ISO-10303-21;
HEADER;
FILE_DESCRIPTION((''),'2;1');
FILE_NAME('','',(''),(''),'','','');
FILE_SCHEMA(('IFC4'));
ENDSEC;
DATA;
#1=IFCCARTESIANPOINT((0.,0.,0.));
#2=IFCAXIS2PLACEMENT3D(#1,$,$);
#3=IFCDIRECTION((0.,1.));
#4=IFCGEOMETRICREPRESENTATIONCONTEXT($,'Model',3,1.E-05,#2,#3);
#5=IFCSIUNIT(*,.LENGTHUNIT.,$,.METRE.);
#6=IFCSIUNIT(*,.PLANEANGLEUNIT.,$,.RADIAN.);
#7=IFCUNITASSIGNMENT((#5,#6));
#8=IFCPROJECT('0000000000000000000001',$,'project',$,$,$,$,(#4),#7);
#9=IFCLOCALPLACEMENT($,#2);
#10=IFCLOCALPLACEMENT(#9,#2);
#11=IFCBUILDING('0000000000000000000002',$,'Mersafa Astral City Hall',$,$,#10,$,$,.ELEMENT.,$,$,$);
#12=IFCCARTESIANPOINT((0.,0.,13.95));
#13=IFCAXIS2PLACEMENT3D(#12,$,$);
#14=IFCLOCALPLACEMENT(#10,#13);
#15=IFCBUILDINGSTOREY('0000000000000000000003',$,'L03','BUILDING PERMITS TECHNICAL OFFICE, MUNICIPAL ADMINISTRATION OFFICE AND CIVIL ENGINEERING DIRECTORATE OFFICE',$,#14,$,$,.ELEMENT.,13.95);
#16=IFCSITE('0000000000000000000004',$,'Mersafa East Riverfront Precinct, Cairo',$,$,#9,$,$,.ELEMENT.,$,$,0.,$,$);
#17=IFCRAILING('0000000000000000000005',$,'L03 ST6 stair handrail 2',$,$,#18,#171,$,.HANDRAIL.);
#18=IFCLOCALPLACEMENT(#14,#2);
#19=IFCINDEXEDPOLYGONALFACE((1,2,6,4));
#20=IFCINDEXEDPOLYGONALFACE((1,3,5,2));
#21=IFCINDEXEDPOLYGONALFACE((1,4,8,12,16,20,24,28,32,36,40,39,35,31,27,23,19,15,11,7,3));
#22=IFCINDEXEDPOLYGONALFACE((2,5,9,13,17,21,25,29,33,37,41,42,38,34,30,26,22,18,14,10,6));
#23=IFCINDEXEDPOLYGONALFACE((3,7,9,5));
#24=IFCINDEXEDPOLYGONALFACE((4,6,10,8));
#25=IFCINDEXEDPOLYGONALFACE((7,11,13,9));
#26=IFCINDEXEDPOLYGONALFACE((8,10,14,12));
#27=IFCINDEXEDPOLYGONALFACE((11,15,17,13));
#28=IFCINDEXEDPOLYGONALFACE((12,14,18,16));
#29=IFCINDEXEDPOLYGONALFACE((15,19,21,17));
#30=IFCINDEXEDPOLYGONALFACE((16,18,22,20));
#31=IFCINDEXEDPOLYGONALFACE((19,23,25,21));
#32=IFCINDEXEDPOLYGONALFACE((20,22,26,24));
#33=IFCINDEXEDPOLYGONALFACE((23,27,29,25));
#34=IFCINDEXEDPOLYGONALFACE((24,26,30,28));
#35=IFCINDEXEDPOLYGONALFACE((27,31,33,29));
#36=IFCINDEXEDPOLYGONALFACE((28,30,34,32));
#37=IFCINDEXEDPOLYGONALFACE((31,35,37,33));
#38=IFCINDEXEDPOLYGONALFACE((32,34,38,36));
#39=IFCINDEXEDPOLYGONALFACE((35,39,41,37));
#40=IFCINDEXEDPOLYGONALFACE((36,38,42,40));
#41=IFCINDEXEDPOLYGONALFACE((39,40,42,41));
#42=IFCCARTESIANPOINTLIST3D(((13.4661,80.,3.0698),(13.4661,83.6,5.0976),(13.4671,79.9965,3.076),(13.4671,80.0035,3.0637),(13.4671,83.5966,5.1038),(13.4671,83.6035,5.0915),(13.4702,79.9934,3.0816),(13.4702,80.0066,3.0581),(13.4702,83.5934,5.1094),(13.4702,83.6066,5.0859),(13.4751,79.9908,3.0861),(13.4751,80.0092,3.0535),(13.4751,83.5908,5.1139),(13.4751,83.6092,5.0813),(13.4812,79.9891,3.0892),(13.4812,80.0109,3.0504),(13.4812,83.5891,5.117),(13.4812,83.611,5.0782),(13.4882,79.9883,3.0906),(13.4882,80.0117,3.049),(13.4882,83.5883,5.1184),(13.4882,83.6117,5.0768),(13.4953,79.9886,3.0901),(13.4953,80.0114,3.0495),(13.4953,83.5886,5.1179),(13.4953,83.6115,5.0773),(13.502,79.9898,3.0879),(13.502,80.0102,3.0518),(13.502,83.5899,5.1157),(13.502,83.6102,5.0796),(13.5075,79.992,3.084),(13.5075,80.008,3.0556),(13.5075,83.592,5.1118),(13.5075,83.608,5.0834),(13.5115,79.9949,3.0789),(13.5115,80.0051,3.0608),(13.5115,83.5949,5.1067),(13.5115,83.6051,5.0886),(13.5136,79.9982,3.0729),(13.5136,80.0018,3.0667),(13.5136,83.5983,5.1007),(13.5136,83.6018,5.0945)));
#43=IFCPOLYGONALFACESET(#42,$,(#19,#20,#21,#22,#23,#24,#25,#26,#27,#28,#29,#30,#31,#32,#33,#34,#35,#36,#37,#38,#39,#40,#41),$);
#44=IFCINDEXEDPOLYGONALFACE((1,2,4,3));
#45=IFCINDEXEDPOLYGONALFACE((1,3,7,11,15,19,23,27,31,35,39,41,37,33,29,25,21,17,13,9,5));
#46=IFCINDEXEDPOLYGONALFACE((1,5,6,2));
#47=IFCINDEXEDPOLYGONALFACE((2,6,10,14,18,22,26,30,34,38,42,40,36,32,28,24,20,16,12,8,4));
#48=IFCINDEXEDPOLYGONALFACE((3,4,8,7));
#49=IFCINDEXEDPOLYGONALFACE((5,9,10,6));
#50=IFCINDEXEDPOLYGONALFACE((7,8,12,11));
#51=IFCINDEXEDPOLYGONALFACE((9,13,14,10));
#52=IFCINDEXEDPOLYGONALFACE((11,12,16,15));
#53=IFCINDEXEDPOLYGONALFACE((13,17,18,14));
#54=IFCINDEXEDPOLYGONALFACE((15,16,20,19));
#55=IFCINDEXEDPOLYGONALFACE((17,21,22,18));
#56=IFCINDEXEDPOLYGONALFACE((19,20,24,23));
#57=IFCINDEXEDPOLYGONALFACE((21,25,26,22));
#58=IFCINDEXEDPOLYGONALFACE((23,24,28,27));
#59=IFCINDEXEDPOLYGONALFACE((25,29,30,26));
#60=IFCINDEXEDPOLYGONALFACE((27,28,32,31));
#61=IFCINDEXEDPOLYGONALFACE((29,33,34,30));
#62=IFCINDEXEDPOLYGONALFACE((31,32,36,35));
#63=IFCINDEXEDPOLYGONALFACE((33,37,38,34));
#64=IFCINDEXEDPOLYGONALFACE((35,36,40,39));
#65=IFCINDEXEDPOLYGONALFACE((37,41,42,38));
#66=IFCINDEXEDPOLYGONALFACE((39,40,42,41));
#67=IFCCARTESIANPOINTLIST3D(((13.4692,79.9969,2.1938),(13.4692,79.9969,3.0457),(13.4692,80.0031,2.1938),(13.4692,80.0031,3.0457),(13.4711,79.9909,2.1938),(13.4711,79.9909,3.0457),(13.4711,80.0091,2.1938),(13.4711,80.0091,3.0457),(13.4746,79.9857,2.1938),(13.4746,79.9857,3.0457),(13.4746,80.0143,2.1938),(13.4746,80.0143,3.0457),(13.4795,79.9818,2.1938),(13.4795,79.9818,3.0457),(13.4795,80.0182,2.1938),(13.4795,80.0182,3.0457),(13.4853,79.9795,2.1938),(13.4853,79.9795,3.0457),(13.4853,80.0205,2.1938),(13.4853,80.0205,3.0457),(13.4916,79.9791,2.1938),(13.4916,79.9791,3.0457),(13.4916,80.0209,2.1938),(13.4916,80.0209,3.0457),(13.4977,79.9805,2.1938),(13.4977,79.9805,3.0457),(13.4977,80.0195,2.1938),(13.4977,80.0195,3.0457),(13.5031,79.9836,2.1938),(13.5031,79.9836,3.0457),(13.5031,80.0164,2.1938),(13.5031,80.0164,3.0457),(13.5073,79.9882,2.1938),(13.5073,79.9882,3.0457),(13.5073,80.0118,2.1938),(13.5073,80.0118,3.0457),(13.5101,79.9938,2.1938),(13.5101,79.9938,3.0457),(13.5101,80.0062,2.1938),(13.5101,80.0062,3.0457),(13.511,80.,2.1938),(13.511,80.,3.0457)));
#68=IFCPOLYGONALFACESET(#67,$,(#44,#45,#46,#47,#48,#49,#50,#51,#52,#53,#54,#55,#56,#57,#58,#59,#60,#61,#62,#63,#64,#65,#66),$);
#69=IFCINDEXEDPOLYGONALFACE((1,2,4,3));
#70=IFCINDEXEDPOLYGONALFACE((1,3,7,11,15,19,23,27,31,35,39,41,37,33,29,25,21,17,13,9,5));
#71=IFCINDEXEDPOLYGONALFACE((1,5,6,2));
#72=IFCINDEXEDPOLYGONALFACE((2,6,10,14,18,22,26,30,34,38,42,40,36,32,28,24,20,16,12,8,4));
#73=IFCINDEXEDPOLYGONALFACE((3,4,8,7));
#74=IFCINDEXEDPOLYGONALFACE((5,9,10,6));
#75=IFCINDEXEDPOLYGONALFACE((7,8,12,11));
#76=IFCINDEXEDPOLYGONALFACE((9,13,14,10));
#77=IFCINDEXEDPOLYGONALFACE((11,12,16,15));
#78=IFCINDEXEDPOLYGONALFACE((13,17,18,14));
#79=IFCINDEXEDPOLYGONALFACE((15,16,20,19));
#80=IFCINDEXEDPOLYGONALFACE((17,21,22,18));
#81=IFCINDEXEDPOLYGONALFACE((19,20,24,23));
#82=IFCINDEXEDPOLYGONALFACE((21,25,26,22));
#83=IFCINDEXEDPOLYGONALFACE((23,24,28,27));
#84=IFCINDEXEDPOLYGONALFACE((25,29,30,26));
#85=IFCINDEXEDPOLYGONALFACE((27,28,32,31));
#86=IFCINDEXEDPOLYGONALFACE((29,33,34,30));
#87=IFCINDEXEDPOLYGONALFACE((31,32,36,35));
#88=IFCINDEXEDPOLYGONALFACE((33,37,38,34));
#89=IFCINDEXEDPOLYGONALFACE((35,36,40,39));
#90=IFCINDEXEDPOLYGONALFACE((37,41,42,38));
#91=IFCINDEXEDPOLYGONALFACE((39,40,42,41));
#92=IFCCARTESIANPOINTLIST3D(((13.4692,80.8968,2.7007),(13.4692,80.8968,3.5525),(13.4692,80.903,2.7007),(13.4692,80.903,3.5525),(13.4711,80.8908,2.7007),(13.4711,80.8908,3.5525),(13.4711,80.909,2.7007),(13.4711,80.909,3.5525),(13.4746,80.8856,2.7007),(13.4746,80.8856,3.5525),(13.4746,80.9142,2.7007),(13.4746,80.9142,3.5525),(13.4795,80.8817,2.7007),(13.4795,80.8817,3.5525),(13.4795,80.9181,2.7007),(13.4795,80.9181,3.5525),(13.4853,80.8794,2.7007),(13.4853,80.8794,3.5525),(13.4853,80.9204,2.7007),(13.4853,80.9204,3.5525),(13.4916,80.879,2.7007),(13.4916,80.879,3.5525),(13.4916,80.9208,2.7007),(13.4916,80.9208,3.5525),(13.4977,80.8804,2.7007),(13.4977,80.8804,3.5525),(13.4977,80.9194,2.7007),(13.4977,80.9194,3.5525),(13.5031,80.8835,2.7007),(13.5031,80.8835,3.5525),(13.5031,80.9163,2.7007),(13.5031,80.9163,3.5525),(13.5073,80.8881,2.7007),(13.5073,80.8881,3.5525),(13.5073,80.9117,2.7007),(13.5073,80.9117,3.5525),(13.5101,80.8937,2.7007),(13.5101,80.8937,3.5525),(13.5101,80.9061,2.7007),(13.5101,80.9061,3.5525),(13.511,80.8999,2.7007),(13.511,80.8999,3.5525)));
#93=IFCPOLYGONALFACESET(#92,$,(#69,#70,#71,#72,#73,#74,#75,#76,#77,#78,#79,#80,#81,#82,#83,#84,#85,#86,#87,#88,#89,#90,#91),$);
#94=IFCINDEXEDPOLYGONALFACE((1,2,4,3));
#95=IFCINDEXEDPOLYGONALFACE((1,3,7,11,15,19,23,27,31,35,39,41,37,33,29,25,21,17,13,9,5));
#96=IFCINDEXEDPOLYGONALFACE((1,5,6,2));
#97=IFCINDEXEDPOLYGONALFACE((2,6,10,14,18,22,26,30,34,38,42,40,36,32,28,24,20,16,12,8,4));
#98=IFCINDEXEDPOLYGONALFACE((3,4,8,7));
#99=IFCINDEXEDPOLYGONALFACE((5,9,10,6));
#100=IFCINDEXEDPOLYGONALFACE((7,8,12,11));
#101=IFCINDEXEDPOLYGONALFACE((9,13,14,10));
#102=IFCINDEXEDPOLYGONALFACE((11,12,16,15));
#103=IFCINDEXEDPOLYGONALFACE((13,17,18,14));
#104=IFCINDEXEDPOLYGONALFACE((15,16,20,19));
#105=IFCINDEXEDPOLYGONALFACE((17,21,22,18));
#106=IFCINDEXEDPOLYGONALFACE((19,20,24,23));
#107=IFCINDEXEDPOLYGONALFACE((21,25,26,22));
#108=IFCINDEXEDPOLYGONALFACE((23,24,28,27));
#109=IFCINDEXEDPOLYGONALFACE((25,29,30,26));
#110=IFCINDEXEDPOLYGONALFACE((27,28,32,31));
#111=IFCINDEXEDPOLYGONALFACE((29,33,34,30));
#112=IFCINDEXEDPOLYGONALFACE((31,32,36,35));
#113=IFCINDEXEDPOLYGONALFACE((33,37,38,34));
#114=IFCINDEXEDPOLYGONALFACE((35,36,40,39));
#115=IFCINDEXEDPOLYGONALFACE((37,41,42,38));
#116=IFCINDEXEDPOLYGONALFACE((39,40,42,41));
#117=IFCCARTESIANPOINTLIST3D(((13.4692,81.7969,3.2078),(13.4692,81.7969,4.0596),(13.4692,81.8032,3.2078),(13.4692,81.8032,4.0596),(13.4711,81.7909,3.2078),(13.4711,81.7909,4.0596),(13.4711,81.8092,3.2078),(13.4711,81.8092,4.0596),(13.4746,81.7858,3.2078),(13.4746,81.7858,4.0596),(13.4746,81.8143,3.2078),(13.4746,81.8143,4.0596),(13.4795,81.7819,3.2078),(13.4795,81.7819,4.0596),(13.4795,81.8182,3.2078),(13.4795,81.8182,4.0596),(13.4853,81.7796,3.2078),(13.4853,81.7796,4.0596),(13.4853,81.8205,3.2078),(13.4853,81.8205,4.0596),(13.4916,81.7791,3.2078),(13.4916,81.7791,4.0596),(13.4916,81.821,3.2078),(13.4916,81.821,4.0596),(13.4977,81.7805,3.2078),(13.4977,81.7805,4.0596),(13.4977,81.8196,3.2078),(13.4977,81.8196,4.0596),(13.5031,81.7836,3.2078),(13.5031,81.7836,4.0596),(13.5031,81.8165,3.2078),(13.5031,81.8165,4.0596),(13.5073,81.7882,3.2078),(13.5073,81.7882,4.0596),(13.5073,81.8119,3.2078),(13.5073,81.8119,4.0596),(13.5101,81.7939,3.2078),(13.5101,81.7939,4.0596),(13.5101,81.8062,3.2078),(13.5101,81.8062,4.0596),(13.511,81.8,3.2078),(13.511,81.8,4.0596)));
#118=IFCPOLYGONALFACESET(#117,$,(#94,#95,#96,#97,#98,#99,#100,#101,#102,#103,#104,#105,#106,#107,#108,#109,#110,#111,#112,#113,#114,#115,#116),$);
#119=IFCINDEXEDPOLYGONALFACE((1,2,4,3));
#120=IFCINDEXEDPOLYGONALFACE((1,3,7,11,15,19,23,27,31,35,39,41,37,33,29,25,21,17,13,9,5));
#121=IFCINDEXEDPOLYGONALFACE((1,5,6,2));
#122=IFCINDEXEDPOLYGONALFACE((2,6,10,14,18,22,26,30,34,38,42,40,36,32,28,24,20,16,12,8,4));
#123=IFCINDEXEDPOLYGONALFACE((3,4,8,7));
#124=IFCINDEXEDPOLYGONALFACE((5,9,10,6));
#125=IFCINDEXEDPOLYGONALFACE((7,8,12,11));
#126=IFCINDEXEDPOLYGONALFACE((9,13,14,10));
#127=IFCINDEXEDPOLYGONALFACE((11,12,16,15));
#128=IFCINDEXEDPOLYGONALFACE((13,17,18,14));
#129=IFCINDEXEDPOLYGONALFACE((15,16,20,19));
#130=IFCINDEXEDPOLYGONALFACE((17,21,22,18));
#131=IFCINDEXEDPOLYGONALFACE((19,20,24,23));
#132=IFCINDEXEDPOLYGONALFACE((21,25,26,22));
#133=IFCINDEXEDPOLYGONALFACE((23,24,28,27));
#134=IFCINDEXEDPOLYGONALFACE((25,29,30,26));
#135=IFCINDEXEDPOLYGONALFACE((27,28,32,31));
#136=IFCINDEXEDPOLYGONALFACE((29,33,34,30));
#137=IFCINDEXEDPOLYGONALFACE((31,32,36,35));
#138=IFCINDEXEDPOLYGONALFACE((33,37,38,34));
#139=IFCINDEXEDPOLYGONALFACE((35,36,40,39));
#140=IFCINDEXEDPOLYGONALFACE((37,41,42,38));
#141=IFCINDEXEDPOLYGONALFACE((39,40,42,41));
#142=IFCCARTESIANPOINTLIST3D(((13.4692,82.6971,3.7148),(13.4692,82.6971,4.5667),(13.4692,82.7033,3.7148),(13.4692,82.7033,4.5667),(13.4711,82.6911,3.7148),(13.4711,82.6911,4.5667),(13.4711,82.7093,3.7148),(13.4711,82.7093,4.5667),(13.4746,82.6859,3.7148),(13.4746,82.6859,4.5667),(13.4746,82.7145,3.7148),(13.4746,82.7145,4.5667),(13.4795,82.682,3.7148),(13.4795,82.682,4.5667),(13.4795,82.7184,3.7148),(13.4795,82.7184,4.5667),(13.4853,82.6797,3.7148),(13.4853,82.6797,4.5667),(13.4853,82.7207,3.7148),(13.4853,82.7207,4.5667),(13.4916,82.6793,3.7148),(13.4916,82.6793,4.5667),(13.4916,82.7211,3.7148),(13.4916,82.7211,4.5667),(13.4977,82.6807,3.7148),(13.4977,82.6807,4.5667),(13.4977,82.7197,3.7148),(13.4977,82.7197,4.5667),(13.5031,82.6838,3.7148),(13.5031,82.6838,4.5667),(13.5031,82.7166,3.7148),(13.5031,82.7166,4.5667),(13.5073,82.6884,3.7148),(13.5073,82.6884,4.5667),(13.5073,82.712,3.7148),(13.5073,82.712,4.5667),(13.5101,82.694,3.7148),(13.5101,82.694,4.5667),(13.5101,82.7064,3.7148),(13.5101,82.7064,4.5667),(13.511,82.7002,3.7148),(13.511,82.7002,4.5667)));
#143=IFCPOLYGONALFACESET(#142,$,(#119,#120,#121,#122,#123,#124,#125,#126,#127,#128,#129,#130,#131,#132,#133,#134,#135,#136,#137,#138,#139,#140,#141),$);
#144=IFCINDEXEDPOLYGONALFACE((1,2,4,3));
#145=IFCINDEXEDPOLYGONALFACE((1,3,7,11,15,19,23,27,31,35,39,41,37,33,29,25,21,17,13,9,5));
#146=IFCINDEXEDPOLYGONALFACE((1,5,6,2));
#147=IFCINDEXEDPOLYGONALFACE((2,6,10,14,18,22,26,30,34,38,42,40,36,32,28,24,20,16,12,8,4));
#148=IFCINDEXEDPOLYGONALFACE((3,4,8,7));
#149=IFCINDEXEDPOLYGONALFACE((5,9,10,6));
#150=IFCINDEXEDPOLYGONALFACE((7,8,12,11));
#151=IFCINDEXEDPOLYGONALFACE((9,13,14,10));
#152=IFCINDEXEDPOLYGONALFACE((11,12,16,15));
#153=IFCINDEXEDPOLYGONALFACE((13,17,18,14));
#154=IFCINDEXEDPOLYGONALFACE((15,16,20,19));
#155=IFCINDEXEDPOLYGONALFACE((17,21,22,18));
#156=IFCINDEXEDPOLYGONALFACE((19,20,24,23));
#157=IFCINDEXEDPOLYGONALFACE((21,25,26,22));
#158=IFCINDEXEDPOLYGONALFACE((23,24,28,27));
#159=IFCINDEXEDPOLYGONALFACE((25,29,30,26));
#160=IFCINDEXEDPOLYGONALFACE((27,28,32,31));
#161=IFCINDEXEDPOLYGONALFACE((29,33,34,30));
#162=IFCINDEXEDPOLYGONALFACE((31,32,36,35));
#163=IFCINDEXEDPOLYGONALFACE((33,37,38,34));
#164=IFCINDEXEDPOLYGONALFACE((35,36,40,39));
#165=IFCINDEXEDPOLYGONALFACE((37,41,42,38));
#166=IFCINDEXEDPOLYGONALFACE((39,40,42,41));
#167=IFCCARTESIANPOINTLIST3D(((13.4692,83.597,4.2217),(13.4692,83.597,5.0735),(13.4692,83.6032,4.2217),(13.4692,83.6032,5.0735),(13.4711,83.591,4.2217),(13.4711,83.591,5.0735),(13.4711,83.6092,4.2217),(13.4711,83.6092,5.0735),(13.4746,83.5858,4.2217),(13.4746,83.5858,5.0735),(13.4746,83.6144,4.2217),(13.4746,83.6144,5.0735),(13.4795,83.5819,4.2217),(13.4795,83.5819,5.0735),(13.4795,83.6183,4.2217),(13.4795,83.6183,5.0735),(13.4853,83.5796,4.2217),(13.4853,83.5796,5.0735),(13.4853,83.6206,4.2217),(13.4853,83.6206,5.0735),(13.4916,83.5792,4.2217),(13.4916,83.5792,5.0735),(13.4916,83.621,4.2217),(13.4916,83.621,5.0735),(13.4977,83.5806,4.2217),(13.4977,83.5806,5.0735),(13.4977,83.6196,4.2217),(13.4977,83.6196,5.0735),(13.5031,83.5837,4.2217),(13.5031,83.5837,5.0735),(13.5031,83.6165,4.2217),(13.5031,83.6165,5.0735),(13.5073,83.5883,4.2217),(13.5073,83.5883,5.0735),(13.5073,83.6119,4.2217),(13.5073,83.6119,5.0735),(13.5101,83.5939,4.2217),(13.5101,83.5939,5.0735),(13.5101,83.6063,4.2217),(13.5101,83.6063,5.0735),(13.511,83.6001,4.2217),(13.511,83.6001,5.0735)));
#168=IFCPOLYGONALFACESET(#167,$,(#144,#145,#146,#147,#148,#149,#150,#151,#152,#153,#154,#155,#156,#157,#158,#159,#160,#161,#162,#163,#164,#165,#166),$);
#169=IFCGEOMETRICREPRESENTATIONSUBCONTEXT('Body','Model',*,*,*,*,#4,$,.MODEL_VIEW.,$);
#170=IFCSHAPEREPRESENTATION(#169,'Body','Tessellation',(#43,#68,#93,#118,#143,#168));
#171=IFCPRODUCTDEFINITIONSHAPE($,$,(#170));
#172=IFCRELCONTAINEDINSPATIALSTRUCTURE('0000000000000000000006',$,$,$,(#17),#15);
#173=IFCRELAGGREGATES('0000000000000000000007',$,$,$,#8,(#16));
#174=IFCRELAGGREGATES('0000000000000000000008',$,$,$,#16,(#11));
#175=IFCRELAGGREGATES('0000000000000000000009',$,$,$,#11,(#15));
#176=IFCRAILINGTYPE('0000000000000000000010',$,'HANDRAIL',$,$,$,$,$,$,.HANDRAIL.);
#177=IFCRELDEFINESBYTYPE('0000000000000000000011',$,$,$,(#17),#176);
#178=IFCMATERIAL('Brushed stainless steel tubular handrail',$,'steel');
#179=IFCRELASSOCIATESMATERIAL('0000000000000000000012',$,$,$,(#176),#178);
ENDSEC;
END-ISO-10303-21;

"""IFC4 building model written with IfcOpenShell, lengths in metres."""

from ifc_helpers import new_model, si_unit, direction, frame, origin, origin_2d, place, context, subcontext, project, spatial, circle, extrude, material, type_object, element, save


model = new_model("IFC4")

# Units and contexts
model_context = context("Model", 3, precision=1e-05, world=origin(), true_north=direction((0.0, 1.0)))
body_context = subcontext(model_context, "Body", "Model", "MODEL_VIEW")
ifc_project = project(units=[si_unit("LENGTHUNIT", "METRE"), si_unit("PLANEANGLEUNIT", "RADIAN")], contexts=[model_context])

# Site, building, storey
site_placement = place(None, origin())
site = spatial("IfcSite", under=ifc_project, at=site_placement, Name="Mersafa East Riverfront Precinct, Cairo", CompositionType="ELEMENT", RefElevation=0.0)
building_placement = place(site_placement, origin())
building = spatial("IfcBuilding", under=site, at=building_placement, Name="Mersafa Astral City Hall", CompositionType="ELEMENT")
storey_placement = place(building_placement, frame((0.0, 0.0, 13.95)))
storey = spatial("IfcBuildingStorey", under=building, at=storey_placement, Name="L03", Description="BUILDING PERMITS TECHNICAL OFFICE, MUNICIPAL ADMINISTRATION OFFICE AND CIVIL ENGINEERING DIRECTORATE OFFICE", CompositionType="ELEMENT", Elevation=13.95)

# Railing
ifc_material_1 = material(Name="Brushed stainless steel tubular handrail", Category="steel")
railing_type_1 = type_object("IfcRailingType", Name="HANDRAIL", PredefinedType="HANDRAIL", material=ifc_material_1)
railing_1_placement = place(storey_placement, frame((13.49, 80.0, 2.1938)))
element("IfcRailing", 1, at=railing_1_placement, inside=storey, type_object=railing_type_1, Name="L03 ST6 stair handrail 2", PredefinedType="HANDRAIL", context=body_context, shape_type="SweptSolid", body=[
    extrude(circle(Radius=0.0239, at=origin_2d()), frame((0.0, 0.0, 0.876), z_axis=(0.0, 0.871288, 0.490772), x_axis=(-1.0, 0.0, 0.0)), (0.0, 0.0, 1.0), 4.1318),
    extrude(circle(Radius=0.021, at=origin_2d()), origin(), (0.0, 0.0, 1.0), 0.8518),
    extrude(circle(Radius=0.021, at=origin_2d()), frame((0.0, 0.8999, 0.5068)), (0.0, 0.0, 1.0), 0.8518),
    extrude(circle(Radius=0.021, at=origin_2d()), frame((0.0, 1.8, 1.0139)), (0.0, 0.0, 1.0), 0.8518),
    extrude(circle(Radius=0.021, at=origin_2d()), frame((0.0, 2.7002, 1.521)), (0.0, 0.0, 1.0), 0.8518),
    extrude(circle(Radius=0.021, at=origin_2d()), frame((0.0, 3.6001, 2.0278)), (0.0, 0.0, 1.0), 0.8518),
])

save(model, "model.ifc")
